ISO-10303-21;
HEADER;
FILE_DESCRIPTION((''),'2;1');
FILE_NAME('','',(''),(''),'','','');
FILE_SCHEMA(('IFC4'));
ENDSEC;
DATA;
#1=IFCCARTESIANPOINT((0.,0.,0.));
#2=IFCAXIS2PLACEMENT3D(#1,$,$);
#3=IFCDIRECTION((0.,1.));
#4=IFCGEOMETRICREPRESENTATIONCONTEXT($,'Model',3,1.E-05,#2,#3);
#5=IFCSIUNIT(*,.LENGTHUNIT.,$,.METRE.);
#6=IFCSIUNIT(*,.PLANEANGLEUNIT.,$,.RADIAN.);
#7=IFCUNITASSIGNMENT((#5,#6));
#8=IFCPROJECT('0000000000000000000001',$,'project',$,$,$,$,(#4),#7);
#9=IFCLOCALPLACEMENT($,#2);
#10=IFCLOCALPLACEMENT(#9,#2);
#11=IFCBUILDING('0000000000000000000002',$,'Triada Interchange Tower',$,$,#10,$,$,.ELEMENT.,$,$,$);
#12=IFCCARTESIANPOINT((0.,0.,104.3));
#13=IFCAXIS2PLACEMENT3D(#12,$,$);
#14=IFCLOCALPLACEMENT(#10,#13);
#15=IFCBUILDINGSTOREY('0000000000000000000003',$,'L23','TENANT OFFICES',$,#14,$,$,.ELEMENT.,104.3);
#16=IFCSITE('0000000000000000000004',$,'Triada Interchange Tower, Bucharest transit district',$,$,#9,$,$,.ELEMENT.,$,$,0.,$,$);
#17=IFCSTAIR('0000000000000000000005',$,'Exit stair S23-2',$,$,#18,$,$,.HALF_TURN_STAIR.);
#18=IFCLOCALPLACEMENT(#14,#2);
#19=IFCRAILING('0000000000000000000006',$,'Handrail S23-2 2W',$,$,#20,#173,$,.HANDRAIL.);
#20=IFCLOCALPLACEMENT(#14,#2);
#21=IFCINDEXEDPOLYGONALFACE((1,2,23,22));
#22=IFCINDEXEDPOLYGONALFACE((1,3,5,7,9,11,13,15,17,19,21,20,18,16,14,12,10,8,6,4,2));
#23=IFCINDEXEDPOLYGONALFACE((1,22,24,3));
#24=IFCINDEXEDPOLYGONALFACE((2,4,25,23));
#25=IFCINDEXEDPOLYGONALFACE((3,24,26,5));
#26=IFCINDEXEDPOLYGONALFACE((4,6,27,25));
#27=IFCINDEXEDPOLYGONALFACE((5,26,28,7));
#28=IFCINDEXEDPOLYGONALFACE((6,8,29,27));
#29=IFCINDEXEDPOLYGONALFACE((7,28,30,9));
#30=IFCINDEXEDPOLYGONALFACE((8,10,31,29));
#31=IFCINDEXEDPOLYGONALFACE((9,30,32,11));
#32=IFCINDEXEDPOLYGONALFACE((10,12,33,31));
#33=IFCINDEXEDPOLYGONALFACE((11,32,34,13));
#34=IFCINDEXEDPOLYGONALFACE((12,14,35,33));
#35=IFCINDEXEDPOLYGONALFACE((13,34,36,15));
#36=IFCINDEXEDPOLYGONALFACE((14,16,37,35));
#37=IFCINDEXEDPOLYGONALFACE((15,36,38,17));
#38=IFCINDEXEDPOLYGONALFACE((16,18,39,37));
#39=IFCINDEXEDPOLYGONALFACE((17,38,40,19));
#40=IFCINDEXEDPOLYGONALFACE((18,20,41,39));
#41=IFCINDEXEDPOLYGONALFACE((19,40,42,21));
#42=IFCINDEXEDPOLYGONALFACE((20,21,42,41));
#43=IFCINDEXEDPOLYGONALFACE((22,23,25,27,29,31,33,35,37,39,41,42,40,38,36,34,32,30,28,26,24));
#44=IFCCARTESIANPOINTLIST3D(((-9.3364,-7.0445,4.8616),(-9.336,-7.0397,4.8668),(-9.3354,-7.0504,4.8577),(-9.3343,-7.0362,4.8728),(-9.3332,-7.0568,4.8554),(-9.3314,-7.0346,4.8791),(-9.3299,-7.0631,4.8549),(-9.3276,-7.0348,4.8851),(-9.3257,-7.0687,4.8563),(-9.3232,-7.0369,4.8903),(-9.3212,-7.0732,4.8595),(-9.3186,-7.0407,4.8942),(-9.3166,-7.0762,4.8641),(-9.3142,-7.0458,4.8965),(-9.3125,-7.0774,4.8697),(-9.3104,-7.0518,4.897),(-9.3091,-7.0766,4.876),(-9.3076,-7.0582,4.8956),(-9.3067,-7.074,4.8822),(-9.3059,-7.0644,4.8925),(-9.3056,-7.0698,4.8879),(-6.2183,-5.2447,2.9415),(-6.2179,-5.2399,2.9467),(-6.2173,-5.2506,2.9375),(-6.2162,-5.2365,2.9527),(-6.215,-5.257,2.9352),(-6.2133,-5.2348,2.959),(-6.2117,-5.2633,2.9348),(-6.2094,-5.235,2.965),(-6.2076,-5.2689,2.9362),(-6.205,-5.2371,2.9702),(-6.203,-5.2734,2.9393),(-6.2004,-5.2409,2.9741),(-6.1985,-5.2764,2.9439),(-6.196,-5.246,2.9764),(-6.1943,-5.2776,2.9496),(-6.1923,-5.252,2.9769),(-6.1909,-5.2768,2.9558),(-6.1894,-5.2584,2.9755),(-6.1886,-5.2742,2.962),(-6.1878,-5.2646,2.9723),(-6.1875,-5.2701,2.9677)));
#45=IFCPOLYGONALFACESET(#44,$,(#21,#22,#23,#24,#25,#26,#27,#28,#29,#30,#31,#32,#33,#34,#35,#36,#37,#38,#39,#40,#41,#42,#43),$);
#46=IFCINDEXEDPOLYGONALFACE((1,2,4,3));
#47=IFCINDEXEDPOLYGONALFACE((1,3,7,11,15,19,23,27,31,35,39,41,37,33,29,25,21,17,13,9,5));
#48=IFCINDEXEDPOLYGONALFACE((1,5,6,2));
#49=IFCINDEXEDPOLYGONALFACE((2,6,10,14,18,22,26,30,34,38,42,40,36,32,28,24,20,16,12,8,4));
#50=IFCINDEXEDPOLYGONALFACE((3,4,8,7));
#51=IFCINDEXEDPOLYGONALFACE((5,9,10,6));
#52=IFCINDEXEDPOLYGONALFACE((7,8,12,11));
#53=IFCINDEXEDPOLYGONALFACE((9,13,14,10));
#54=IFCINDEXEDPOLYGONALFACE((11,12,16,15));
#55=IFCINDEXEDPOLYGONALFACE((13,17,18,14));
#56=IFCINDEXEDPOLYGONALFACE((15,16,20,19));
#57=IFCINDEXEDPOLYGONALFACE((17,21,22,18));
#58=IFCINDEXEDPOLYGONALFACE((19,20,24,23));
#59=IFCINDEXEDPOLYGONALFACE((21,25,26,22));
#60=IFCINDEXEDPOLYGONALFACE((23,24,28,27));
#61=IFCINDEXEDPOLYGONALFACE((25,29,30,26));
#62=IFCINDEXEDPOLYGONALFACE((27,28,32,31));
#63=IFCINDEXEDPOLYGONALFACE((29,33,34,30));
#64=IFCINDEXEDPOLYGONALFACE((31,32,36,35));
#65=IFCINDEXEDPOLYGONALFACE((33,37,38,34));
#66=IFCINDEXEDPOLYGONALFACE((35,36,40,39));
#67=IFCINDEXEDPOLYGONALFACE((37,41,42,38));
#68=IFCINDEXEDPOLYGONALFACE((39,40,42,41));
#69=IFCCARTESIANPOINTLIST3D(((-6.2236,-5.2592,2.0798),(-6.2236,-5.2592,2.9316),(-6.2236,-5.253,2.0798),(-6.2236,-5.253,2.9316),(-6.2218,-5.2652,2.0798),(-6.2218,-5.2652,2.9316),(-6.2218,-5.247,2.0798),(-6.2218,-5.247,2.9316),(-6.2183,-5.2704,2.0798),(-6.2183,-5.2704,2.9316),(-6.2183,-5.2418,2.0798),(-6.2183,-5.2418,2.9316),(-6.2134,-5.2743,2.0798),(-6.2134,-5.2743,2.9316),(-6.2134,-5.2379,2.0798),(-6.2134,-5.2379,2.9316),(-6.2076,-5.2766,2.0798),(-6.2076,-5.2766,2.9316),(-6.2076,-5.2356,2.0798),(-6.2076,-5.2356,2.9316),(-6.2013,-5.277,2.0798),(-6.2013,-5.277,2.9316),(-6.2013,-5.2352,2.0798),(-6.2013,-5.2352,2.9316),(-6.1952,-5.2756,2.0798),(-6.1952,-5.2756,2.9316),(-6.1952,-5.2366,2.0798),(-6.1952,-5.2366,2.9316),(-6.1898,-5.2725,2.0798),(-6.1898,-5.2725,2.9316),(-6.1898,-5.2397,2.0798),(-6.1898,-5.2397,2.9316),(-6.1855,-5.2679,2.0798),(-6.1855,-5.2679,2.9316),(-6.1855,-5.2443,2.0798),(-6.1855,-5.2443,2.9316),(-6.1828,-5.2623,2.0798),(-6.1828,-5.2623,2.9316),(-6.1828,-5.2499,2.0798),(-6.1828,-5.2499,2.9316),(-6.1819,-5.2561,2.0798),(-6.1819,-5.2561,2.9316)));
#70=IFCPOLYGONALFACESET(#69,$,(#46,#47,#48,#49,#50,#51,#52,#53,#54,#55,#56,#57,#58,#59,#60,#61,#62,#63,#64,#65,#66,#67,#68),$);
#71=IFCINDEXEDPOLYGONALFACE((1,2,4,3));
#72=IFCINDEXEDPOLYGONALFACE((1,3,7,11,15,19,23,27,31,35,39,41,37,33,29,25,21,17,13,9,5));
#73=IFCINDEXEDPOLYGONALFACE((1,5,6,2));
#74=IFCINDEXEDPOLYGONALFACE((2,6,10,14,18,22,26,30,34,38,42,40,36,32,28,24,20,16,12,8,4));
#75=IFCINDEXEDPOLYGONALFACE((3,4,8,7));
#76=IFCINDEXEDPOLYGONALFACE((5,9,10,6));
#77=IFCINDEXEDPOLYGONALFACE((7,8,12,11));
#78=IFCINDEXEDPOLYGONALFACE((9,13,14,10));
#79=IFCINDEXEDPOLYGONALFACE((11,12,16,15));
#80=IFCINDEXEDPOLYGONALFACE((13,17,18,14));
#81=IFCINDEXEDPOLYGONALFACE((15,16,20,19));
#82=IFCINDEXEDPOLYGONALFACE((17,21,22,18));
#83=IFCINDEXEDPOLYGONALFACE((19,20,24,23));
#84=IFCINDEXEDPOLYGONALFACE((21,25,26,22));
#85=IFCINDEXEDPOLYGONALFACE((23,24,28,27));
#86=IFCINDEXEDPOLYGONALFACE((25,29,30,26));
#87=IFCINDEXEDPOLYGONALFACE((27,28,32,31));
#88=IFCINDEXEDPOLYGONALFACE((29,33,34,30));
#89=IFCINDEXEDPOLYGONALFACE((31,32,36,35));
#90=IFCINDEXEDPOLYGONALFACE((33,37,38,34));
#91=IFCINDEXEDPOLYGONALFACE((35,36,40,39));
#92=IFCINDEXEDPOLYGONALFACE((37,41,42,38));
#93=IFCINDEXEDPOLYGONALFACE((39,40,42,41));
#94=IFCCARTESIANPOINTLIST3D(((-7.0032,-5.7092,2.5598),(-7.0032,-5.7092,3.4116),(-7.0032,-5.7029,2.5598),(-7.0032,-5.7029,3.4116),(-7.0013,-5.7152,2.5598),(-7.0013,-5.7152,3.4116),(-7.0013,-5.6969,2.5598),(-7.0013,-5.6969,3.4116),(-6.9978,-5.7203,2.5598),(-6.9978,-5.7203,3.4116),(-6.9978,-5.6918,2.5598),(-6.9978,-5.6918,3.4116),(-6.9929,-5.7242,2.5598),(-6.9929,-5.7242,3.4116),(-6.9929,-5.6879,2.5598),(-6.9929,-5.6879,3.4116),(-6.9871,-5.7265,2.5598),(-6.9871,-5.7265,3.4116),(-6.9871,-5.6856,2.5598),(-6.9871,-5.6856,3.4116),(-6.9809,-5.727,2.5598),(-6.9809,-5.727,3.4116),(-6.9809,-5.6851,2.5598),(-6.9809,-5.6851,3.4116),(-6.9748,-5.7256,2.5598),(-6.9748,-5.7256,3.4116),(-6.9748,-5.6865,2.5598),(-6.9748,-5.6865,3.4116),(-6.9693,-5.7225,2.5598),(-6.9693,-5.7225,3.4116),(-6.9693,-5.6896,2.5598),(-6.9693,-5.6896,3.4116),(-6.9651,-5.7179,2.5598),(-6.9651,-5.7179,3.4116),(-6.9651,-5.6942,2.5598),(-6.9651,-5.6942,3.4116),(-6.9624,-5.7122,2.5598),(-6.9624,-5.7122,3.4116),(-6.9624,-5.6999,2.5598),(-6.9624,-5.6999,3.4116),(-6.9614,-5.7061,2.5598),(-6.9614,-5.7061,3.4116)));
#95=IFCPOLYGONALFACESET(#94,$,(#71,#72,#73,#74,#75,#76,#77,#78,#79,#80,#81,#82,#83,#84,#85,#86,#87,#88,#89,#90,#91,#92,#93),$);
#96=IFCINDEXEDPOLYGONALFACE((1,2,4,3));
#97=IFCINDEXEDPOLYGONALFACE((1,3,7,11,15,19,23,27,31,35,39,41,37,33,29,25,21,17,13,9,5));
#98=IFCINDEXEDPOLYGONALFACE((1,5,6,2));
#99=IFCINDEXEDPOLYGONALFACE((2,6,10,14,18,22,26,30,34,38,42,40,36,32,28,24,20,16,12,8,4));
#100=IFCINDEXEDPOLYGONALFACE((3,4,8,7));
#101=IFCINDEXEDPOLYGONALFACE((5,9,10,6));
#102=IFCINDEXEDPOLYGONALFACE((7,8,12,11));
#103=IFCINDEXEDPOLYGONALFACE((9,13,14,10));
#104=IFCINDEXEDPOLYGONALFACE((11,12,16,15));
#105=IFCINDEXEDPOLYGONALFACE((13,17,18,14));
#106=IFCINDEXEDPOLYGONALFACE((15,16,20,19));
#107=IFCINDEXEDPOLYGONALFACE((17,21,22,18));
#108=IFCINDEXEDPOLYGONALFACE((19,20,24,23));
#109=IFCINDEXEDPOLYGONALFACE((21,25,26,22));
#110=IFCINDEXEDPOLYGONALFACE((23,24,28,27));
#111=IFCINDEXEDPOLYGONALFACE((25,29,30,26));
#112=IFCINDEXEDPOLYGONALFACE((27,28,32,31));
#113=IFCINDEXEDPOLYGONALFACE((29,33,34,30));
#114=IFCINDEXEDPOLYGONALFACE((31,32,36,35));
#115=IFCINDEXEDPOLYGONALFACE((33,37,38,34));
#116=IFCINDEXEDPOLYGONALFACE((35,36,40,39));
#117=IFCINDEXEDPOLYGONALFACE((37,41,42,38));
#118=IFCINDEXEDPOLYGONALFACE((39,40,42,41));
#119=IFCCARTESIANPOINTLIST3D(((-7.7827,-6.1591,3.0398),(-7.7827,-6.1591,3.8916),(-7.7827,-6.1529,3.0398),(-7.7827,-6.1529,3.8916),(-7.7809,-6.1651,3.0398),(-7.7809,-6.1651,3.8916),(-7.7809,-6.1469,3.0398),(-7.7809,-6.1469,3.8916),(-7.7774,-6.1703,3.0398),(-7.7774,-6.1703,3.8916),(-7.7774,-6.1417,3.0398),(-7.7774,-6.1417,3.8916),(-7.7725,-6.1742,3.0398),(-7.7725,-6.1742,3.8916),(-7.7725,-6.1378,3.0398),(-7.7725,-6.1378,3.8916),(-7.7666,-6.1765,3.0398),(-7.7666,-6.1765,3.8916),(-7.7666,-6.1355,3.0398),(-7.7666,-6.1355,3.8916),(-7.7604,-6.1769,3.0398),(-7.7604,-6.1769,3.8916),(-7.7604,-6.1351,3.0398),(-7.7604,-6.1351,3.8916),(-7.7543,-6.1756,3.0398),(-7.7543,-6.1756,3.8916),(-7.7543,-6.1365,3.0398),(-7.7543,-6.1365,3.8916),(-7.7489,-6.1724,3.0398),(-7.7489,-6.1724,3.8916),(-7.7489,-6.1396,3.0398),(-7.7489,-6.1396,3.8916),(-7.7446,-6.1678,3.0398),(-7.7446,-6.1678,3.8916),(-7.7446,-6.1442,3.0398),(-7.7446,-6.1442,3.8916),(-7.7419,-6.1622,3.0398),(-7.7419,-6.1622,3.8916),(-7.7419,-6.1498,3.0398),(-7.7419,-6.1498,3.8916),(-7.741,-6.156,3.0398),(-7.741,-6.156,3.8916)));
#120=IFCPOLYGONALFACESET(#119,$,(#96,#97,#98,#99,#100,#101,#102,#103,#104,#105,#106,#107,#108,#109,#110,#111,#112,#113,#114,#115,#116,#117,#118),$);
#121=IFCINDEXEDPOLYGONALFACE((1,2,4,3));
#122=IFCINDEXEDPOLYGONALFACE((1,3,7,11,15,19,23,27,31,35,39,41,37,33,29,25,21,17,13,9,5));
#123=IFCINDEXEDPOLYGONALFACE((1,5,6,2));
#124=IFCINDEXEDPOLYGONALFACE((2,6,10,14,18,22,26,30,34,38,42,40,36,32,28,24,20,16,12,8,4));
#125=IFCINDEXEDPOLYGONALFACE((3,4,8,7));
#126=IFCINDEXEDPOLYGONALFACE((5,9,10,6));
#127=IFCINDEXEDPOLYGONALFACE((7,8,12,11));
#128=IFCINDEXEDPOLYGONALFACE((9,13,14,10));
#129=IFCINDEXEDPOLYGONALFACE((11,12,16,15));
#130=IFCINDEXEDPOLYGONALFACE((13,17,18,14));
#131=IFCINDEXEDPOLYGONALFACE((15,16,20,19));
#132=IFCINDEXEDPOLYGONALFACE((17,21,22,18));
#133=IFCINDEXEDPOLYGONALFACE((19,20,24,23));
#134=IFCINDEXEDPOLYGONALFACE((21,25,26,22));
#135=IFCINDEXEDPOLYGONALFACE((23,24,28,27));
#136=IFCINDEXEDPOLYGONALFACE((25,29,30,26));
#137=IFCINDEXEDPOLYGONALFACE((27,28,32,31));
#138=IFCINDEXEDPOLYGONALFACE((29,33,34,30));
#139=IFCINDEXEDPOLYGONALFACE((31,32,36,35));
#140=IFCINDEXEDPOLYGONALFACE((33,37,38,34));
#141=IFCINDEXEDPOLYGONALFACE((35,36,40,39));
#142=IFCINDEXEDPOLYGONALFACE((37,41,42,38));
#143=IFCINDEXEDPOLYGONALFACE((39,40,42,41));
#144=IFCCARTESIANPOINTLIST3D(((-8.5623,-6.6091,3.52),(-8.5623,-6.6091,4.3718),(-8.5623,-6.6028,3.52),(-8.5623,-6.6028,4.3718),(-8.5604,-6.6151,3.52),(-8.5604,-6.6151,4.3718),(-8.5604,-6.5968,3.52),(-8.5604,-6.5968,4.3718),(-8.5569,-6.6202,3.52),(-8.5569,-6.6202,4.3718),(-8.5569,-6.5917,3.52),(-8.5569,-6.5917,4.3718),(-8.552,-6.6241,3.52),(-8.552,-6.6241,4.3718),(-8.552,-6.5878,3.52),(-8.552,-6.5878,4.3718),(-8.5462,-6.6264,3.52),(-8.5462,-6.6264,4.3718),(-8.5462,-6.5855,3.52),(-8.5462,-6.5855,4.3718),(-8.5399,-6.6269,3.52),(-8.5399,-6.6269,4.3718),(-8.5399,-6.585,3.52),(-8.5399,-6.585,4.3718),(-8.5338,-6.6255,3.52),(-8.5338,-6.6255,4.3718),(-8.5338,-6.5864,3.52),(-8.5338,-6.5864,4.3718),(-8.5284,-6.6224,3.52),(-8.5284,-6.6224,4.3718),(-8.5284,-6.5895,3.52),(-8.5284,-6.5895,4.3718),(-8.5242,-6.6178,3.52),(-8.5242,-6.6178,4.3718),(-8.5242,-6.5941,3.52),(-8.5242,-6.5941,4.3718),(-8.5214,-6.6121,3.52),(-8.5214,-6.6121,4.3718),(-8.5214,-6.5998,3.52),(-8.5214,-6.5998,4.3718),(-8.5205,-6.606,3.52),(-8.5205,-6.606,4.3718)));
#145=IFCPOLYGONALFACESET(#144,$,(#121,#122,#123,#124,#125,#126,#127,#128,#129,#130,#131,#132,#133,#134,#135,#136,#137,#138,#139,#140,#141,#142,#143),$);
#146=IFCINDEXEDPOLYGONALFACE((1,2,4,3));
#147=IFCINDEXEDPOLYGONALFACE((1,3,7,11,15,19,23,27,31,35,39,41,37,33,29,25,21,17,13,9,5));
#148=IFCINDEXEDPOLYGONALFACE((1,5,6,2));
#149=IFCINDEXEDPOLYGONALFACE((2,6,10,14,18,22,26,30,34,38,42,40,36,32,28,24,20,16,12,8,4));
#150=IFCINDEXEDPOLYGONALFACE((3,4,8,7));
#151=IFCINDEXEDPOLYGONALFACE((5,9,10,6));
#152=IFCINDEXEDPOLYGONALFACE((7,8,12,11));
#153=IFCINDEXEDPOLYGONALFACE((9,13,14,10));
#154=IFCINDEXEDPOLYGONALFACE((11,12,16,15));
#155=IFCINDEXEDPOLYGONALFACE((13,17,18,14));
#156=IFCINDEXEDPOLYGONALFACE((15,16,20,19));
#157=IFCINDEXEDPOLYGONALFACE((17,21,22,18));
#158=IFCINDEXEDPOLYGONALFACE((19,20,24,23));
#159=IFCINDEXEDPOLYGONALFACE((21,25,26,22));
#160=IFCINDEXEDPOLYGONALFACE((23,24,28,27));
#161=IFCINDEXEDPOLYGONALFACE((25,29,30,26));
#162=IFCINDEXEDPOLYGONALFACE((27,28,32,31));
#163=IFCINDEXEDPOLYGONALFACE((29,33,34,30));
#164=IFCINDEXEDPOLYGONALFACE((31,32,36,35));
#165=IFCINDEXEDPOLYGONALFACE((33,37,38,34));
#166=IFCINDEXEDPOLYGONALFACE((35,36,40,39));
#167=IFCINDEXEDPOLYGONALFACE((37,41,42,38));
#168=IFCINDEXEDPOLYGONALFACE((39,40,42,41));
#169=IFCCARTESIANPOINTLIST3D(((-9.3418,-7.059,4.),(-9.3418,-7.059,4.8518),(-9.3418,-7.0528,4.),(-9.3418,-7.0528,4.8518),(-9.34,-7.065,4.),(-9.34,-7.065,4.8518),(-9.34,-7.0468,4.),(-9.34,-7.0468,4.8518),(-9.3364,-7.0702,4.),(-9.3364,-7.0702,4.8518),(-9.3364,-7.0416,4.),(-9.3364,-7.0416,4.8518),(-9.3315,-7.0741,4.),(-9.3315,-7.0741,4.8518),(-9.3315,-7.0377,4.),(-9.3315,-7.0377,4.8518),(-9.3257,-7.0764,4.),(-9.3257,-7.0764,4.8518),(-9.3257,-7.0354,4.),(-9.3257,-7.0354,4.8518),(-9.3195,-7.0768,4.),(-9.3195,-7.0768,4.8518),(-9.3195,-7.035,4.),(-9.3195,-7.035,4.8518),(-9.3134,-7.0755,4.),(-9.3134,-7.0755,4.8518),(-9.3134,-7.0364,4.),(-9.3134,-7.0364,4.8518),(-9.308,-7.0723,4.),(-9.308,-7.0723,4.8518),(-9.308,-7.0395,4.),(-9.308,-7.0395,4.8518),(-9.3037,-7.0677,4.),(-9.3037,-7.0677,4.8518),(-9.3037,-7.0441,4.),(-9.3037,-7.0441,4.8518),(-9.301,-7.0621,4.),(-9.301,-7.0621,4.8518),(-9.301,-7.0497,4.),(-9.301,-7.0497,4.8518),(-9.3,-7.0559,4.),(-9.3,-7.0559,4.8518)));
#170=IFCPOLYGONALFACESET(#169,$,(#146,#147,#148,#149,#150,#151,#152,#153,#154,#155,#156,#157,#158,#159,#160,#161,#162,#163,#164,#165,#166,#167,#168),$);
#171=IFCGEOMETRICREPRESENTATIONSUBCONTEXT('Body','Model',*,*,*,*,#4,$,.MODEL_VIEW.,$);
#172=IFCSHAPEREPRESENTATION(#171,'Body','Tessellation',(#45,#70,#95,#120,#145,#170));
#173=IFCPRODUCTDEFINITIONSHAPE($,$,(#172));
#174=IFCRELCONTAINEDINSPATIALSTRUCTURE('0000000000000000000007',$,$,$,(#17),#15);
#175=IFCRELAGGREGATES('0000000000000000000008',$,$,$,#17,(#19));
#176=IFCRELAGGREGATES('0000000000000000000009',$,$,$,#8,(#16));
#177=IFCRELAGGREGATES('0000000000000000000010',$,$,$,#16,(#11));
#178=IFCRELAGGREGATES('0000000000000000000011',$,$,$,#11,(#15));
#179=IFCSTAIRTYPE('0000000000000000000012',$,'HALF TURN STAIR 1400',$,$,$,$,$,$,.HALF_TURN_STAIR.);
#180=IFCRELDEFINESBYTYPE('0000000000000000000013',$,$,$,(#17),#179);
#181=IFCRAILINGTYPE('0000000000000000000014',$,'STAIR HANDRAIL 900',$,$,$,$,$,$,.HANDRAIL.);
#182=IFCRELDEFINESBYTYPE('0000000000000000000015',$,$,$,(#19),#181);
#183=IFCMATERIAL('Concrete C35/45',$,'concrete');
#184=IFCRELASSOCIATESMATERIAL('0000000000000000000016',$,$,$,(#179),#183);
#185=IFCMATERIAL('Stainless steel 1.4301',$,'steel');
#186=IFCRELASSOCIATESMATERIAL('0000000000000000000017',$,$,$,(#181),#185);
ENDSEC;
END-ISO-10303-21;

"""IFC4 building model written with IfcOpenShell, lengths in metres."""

from ifc_helpers import new_model, si_unit, direction, frame, origin, origin_2d, place, context, subcontext, project, spatial, circle, extrude, material, type_object, element, aggregate, save


model = new_model("IFC4")

# Units and contexts
model_context = context("Model", 3, precision=1e-05, world=origin(), true_north=direction((0.0, 1.0)))
body_context = subcontext(model_context, "Body", "Model", "MODEL_VIEW")
ifc_project = project(units=[si_unit("LENGTHUNIT", "METRE"), si_unit("PLANEANGLEUNIT", "RADIAN")], contexts=[model_context])

# Site, building, storey
site_placement = place(None, origin())
site = spatial("IfcSite", under=ifc_project, at=site_placement, Name="Triada Interchange Tower, Bucharest transit district", CompositionType="ELEMENT", RefElevation=0.0)
building_placement = place(site_placement, origin())
building = spatial("IfcBuilding", under=site, at=building_placement, Name="Triada Interchange Tower", CompositionType="ELEMENT")
storey_placement = place(building_placement, frame((0.0, 0.0, 104.3)))
storey = spatial("IfcBuildingStorey", under=building, at=storey_placement, Name="L23", Description="TENANT OFFICES", CompositionType="ELEMENT", Elevation=104.3)

# Stair, railing
ifc_material_1 = material(Name="Concrete C35/45", Category="concrete")
stair_type = type_object("IfcStairType", Name="HALF TURN STAIR 1400", PredefinedType="HALF_TURN_STAIR", material=ifc_material_1)
stair_placement = place(storey_placement, origin())
stair = element("IfcStair", 1, at=stair_placement, inside=storey, type_object=stair_type, Name="Exit stair S23-2", PredefinedType="HALF_TURN_STAIR")
ifc_material_2 = material(Name="Stainless steel 1.4301", Category="steel")
railing_type = type_object("IfcRailingType", Name="STAIR HANDRAIL 900", PredefinedType="HANDRAIL", material=ifc_material_2)
railing_1_placement = place(storey_placement, frame((-6.2029, -5.2561, 2.0798)))
railing_1 = element("IfcRailing", 2, at=railing_1_placement, type_object=railing_type, Name="Handrail S23-2 2W", PredefinedType="HANDRAIL", context=body_context, shape_type="SweptSolid", body=[
    extrude(circle(Radius=0.0239, at=origin_2d()), frame((0.0, 0.0, 0.876), z_axis=(-0.76419, -0.44109, 0.470588), x_axis=(0.499902, -0.866082, 0.0)), (0.0, 0.0, 1.0), 4.0803),
    extrude(circle(Radius=0.021, at=origin_2d()), origin(), (0.0, 0.0, 1.0), 0.8518),
    extrude(circle(Radius=0.021, at=origin_2d()), frame((-0.7795, -0.45, 0.48)), (0.0, 0.0, 1.0), 0.8518),
    extrude(circle(Radius=0.021, at=origin_2d()), frame((-1.5591, -0.8999, 0.96)), (0.0, 0.0, 1.0), 0.8518),
    extrude(circle(Radius=0.021, at=origin_2d()), frame((-2.3386, -1.3499, 1.4402)), (0.0, 0.0, 1.0), 0.8518),
    extrude(circle(Radius=0.021, at=origin_2d()), frame((-3.1182, -1.7998, 1.9202)), (0.0, 0.0, 1.0), 0.8518),
])
aggregate(stair, [railing_1])

save(model, "model.ifc")
